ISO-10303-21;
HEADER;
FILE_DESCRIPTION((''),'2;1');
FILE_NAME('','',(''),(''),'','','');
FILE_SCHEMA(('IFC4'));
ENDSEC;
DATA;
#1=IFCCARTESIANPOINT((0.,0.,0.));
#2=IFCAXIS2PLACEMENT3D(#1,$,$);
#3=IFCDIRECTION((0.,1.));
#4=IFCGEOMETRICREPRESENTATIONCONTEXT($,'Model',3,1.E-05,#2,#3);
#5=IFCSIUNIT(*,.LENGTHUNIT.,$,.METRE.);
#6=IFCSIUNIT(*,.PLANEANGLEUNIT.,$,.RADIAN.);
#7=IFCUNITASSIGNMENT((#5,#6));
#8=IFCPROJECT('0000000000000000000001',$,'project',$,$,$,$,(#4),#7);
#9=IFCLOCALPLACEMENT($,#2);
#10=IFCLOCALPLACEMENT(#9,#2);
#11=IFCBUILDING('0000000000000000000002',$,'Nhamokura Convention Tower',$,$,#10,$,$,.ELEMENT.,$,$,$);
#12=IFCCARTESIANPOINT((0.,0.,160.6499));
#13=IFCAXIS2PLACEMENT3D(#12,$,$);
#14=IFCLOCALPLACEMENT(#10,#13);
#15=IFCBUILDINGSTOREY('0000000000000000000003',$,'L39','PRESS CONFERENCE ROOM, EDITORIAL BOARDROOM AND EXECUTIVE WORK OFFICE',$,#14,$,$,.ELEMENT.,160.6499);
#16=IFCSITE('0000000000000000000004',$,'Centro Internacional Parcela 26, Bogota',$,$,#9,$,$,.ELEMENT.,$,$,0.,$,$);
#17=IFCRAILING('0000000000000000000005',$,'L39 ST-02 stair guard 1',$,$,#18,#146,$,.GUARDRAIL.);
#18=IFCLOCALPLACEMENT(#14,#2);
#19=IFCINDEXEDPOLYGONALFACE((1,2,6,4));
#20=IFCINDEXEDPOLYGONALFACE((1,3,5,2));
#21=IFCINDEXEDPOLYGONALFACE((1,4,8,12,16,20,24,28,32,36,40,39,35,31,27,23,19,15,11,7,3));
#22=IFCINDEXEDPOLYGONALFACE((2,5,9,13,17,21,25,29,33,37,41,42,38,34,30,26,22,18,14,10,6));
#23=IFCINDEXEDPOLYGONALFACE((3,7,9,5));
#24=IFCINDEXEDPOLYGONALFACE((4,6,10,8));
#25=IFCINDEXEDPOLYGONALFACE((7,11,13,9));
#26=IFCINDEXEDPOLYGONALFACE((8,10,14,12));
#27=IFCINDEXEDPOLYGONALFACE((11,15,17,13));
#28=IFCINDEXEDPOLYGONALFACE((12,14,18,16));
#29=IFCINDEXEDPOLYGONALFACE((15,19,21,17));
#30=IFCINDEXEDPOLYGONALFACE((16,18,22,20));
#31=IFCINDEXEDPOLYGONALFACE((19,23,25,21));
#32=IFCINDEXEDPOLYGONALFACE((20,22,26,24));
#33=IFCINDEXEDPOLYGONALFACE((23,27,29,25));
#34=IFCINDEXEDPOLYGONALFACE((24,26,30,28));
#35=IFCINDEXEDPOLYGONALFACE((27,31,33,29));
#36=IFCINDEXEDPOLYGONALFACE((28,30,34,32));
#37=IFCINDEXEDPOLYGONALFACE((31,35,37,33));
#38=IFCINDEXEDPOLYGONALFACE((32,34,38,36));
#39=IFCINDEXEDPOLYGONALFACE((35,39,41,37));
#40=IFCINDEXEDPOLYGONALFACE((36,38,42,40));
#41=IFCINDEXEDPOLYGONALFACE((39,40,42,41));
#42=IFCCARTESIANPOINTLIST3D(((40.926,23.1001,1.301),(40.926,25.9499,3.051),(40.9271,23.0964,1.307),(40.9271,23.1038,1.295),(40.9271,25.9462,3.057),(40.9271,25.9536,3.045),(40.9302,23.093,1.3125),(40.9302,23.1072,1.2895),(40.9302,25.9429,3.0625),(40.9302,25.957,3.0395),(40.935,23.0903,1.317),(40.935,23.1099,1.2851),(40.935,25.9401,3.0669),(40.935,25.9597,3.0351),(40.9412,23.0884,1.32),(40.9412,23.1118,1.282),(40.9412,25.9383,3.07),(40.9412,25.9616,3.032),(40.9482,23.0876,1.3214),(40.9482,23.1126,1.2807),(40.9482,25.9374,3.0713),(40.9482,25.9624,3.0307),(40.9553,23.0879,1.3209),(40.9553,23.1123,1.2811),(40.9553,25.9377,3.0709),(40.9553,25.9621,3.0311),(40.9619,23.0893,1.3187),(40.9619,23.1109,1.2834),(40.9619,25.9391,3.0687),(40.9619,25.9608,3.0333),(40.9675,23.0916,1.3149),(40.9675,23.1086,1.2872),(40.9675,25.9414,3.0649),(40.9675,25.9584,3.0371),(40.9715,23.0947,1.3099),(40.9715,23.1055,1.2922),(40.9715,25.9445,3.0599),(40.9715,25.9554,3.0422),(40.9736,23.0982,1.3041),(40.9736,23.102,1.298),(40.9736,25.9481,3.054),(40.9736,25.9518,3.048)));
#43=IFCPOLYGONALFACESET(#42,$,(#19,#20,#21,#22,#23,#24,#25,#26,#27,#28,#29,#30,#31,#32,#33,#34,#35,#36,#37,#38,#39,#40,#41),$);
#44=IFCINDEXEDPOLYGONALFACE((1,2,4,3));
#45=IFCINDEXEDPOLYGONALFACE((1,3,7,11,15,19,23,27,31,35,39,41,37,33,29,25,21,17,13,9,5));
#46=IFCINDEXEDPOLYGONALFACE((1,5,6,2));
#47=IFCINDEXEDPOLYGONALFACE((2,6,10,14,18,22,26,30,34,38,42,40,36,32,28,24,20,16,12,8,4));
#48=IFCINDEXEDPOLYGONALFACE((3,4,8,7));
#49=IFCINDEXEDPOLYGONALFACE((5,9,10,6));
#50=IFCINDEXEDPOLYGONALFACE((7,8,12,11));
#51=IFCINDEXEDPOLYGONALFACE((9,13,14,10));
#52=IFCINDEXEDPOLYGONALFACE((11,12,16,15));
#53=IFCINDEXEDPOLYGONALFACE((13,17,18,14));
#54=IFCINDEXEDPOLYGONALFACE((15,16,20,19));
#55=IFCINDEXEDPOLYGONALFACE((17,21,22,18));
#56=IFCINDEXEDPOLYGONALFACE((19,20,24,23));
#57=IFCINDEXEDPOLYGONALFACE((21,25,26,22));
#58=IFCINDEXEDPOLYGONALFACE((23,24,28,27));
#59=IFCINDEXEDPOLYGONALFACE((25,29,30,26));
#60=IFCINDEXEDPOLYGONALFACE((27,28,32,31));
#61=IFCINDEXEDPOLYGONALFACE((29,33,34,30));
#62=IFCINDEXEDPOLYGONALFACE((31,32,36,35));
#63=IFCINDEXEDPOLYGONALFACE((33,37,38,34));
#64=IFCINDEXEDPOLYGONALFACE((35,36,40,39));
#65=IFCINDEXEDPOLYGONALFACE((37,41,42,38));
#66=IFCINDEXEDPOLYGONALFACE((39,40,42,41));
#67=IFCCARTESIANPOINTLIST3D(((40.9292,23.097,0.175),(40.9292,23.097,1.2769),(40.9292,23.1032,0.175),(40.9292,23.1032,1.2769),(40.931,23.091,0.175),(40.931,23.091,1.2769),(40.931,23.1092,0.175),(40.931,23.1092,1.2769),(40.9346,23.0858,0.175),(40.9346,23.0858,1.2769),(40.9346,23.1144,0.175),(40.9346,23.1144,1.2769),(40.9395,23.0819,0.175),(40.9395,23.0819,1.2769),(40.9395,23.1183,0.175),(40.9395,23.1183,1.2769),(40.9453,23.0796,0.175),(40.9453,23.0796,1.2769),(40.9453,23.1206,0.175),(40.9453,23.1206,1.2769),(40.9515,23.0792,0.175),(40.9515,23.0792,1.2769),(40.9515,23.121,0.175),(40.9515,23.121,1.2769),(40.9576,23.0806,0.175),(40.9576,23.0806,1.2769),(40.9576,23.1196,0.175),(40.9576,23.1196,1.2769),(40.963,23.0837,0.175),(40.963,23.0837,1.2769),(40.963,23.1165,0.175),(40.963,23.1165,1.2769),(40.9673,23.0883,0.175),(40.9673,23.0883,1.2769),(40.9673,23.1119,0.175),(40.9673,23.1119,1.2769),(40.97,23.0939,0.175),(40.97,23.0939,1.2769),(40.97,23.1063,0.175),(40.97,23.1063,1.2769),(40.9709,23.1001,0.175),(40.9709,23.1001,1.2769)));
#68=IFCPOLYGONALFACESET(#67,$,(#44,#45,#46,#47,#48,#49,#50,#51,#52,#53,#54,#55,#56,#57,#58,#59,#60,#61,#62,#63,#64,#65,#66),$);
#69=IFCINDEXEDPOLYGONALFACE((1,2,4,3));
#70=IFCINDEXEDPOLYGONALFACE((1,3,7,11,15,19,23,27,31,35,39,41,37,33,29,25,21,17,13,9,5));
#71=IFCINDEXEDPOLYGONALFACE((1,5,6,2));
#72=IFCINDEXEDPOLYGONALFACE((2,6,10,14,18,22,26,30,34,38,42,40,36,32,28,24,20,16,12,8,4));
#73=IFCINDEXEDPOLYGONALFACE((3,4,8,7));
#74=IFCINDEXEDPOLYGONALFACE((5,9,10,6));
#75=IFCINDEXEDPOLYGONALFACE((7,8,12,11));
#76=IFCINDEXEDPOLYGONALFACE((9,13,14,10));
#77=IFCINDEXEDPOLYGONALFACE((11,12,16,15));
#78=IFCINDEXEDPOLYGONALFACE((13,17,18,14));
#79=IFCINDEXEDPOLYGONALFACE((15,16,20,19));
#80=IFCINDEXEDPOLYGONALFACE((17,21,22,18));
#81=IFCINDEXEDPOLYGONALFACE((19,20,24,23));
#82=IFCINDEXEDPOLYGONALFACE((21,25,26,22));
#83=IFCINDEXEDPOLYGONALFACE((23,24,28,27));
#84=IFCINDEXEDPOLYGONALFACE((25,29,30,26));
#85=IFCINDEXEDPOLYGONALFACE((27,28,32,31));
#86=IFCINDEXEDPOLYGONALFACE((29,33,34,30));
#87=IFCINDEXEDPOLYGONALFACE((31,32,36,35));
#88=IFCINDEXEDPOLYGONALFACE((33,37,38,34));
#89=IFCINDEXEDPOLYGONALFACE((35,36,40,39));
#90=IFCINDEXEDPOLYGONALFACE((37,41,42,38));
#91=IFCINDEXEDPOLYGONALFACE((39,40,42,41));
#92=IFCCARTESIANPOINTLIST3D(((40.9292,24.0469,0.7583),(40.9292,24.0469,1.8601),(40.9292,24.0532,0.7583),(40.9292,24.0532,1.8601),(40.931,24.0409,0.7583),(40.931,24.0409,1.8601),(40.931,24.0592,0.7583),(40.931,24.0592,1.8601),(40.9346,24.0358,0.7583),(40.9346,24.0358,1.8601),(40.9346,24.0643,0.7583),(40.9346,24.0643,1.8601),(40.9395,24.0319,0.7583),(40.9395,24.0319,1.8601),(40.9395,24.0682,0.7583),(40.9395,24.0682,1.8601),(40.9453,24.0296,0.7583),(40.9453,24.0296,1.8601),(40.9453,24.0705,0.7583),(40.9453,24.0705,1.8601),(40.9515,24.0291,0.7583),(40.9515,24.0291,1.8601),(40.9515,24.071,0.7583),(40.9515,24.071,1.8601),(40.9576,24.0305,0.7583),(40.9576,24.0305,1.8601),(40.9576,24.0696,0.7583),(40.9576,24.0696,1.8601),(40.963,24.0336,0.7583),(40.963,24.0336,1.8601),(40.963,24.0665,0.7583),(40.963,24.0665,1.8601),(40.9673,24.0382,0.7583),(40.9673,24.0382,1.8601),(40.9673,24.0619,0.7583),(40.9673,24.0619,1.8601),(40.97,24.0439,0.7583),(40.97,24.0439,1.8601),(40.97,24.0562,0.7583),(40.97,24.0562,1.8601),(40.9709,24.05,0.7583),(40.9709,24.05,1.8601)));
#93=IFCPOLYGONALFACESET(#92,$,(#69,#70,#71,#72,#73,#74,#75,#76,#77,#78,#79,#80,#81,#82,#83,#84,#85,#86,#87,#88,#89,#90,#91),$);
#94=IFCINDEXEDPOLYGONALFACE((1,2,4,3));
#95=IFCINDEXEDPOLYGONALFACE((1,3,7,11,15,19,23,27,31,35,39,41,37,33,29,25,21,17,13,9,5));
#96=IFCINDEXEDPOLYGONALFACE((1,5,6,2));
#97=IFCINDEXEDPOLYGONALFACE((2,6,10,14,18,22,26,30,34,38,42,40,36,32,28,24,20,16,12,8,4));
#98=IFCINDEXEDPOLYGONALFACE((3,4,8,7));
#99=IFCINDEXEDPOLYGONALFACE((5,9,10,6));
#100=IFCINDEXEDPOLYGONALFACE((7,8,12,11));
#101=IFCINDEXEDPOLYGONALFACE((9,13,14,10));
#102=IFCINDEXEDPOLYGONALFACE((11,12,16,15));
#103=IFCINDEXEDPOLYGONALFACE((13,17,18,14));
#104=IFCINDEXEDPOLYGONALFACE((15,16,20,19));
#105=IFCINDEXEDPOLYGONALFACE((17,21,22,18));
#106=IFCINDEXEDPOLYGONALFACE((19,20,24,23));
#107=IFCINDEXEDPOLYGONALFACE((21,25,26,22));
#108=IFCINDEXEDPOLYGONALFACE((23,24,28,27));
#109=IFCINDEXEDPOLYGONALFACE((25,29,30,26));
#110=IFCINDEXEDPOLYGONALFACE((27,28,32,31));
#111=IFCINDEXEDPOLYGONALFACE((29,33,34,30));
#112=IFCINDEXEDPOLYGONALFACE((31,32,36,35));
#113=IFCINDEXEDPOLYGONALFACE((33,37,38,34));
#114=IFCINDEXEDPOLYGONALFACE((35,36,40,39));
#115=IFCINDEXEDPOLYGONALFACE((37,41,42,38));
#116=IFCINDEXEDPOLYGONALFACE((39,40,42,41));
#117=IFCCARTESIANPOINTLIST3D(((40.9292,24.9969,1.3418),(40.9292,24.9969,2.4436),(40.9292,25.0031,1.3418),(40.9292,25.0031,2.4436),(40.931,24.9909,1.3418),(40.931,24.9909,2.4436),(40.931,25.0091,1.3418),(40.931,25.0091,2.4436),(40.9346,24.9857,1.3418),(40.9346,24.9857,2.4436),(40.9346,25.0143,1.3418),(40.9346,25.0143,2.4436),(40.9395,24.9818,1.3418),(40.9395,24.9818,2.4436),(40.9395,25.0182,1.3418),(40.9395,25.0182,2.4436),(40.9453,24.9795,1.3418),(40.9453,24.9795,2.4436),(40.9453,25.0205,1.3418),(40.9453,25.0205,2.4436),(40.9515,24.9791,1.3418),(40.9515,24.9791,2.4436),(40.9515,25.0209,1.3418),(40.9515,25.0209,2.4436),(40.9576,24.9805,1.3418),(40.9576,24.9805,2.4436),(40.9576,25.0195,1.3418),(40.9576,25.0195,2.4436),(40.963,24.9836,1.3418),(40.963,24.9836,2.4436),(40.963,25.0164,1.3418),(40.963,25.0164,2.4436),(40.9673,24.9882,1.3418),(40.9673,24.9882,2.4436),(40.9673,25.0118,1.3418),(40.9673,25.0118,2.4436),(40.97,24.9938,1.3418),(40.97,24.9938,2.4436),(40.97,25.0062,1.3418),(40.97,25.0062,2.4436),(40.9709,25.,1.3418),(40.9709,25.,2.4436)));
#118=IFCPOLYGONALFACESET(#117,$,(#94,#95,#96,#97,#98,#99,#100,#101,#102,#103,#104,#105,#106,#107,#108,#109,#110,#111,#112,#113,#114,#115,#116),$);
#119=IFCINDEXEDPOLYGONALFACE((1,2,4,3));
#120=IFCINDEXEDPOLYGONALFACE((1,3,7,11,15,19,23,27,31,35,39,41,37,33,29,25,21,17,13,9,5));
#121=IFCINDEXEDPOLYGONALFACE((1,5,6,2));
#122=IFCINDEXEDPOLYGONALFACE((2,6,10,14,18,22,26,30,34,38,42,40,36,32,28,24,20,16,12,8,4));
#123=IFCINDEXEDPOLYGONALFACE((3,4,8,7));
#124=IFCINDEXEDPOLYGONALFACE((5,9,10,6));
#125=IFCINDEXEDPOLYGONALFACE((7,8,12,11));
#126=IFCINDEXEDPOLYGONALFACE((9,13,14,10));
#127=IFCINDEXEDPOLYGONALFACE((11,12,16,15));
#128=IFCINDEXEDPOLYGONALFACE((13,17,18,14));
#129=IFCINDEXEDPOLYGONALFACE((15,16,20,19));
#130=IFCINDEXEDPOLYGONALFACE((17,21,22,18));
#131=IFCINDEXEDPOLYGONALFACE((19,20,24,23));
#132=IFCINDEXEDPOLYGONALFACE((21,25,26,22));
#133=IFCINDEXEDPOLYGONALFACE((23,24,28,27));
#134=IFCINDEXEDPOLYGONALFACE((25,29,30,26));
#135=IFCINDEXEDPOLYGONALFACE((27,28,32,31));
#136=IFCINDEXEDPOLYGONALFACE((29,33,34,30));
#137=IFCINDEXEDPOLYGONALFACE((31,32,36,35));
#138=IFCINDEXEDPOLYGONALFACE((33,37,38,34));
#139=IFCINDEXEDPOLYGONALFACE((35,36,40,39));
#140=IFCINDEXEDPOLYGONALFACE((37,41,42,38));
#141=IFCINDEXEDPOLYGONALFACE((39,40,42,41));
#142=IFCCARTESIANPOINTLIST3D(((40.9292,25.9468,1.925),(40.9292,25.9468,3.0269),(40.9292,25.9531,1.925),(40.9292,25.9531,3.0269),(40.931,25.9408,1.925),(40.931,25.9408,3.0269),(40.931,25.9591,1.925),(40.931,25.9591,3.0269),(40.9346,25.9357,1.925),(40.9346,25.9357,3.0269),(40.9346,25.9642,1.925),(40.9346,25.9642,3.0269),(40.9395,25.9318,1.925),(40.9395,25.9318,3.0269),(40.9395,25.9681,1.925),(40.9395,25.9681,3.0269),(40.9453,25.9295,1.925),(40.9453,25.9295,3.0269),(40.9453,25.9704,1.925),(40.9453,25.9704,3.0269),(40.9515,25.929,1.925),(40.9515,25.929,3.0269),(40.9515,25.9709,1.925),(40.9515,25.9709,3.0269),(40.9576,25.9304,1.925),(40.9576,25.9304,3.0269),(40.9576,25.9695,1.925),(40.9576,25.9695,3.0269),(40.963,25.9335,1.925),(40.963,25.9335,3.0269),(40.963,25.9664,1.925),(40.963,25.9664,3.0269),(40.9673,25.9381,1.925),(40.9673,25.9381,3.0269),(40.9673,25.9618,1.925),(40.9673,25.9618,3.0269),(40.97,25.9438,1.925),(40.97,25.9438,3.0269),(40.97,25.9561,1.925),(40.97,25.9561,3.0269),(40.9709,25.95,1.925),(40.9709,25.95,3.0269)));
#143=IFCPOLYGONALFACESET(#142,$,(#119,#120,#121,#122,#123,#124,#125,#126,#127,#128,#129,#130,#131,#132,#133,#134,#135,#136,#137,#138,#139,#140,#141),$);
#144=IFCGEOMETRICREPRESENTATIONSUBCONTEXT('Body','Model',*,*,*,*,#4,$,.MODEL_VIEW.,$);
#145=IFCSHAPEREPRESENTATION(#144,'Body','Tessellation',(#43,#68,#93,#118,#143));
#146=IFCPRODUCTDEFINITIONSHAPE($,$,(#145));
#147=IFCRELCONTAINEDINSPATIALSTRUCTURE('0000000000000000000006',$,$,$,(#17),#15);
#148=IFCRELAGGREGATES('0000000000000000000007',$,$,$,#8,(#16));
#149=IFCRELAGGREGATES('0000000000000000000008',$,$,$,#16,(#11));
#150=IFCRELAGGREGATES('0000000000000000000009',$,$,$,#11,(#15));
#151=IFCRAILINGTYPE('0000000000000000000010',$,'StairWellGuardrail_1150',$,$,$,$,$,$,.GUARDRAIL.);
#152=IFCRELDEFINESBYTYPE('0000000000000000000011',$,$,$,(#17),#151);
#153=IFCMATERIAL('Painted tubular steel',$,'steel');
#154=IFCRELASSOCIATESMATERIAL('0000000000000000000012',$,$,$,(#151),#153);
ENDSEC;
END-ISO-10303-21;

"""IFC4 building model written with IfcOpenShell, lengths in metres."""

from ifc_helpers import new_model, si_unit, direction, frame, origin, origin_2d, place, context, subcontext, project, spatial, circle, extrude, material, type_object, element, save


model = new_model("IFC4")

# Units and contexts
model_context = context("Model", 3, precision=1e-05, world=origin(), true_north=direction((0.0, 1.0)))
body_context = subcontext(model_context, "Body", "Model", "MODEL_VIEW")
ifc_project = project(units=[si_unit("LENGTHUNIT", "METRE"), si_unit("PLANEANGLEUNIT", "RADIAN")], contexts=[model_context])

# Site, building, storey
site_placement = place(None, origin())
site = spatial("IfcSite", under=ifc_project, at=site_placement, Name="Centro Internacional Parcela 26, Bogota", CompositionType="ELEMENT", RefElevation=0.0)
building_placement = place(site_placement, origin())
building = spatial("IfcBuilding", under=site, at=building_placement, Name="Nhamokura Convention Tower", CompositionType="ELEMENT")
storey_placement = place(building_placement, frame((0.0, 0.0, 160.6499)))
storey = spatial("IfcBuildingStorey", under=building, at=storey_placement, Name="L39", Description="PRESS CONFERENCE ROOM, EDITORIAL BOARDROOM AND EXECUTIVE WORK OFFICE", CompositionType="ELEMENT", Elevation=160.6499)

# Railing
ifc_material_1 = material(Name="Painted tubular steel", Category="steel")
railing_type_1 = type_object("IfcRailingType", Name="StairWellGuardrail_1150", PredefinedType="GUARDRAIL", material=ifc_material_1)
railing_1_placement = place(storey_placement, frame((40.95, 23.1001, 0.175)))
element("IfcRailing", 1, at=railing_1_placement, inside=storey, type_object=railing_type_1, Name="L39 ST-02 stair guard 1", PredefinedType="GUARDRAIL", context=body_context, shape_type="SweptSolid", body=[
    extrude(circle(Radius=0.0239, at=origin_2d()), frame((0.0, 0.0, 1.126), z_axis=(0.0, 0.852159, 0.523283), x_axis=(-1.0, 0.0, 0.0)), (0.0, 0.0, 1.0), 3.3442),
    extrude(circle(Radius=0.021, at=origin_2d()), origin(), (0.0, 0.0, 1.0), 1.1018),
    extrude(circle(Radius=0.021, at=origin_2d()), frame((0.0, 0.95, 0.5833)), (0.0, 0.0, 1.0), 1.1018),
    extrude(circle(Radius=0.021, at=origin_2d()), frame((0.0, 1.8999, 1.1667)), (0.0, 0.0, 1.0), 1.1018),
    extrude(circle(Radius=0.021, at=origin_2d()), frame((0.0, 2.8499, 1.75)), (0.0, 0.0, 1.0), 1.1018),
])

save(model, "model.ifc")
